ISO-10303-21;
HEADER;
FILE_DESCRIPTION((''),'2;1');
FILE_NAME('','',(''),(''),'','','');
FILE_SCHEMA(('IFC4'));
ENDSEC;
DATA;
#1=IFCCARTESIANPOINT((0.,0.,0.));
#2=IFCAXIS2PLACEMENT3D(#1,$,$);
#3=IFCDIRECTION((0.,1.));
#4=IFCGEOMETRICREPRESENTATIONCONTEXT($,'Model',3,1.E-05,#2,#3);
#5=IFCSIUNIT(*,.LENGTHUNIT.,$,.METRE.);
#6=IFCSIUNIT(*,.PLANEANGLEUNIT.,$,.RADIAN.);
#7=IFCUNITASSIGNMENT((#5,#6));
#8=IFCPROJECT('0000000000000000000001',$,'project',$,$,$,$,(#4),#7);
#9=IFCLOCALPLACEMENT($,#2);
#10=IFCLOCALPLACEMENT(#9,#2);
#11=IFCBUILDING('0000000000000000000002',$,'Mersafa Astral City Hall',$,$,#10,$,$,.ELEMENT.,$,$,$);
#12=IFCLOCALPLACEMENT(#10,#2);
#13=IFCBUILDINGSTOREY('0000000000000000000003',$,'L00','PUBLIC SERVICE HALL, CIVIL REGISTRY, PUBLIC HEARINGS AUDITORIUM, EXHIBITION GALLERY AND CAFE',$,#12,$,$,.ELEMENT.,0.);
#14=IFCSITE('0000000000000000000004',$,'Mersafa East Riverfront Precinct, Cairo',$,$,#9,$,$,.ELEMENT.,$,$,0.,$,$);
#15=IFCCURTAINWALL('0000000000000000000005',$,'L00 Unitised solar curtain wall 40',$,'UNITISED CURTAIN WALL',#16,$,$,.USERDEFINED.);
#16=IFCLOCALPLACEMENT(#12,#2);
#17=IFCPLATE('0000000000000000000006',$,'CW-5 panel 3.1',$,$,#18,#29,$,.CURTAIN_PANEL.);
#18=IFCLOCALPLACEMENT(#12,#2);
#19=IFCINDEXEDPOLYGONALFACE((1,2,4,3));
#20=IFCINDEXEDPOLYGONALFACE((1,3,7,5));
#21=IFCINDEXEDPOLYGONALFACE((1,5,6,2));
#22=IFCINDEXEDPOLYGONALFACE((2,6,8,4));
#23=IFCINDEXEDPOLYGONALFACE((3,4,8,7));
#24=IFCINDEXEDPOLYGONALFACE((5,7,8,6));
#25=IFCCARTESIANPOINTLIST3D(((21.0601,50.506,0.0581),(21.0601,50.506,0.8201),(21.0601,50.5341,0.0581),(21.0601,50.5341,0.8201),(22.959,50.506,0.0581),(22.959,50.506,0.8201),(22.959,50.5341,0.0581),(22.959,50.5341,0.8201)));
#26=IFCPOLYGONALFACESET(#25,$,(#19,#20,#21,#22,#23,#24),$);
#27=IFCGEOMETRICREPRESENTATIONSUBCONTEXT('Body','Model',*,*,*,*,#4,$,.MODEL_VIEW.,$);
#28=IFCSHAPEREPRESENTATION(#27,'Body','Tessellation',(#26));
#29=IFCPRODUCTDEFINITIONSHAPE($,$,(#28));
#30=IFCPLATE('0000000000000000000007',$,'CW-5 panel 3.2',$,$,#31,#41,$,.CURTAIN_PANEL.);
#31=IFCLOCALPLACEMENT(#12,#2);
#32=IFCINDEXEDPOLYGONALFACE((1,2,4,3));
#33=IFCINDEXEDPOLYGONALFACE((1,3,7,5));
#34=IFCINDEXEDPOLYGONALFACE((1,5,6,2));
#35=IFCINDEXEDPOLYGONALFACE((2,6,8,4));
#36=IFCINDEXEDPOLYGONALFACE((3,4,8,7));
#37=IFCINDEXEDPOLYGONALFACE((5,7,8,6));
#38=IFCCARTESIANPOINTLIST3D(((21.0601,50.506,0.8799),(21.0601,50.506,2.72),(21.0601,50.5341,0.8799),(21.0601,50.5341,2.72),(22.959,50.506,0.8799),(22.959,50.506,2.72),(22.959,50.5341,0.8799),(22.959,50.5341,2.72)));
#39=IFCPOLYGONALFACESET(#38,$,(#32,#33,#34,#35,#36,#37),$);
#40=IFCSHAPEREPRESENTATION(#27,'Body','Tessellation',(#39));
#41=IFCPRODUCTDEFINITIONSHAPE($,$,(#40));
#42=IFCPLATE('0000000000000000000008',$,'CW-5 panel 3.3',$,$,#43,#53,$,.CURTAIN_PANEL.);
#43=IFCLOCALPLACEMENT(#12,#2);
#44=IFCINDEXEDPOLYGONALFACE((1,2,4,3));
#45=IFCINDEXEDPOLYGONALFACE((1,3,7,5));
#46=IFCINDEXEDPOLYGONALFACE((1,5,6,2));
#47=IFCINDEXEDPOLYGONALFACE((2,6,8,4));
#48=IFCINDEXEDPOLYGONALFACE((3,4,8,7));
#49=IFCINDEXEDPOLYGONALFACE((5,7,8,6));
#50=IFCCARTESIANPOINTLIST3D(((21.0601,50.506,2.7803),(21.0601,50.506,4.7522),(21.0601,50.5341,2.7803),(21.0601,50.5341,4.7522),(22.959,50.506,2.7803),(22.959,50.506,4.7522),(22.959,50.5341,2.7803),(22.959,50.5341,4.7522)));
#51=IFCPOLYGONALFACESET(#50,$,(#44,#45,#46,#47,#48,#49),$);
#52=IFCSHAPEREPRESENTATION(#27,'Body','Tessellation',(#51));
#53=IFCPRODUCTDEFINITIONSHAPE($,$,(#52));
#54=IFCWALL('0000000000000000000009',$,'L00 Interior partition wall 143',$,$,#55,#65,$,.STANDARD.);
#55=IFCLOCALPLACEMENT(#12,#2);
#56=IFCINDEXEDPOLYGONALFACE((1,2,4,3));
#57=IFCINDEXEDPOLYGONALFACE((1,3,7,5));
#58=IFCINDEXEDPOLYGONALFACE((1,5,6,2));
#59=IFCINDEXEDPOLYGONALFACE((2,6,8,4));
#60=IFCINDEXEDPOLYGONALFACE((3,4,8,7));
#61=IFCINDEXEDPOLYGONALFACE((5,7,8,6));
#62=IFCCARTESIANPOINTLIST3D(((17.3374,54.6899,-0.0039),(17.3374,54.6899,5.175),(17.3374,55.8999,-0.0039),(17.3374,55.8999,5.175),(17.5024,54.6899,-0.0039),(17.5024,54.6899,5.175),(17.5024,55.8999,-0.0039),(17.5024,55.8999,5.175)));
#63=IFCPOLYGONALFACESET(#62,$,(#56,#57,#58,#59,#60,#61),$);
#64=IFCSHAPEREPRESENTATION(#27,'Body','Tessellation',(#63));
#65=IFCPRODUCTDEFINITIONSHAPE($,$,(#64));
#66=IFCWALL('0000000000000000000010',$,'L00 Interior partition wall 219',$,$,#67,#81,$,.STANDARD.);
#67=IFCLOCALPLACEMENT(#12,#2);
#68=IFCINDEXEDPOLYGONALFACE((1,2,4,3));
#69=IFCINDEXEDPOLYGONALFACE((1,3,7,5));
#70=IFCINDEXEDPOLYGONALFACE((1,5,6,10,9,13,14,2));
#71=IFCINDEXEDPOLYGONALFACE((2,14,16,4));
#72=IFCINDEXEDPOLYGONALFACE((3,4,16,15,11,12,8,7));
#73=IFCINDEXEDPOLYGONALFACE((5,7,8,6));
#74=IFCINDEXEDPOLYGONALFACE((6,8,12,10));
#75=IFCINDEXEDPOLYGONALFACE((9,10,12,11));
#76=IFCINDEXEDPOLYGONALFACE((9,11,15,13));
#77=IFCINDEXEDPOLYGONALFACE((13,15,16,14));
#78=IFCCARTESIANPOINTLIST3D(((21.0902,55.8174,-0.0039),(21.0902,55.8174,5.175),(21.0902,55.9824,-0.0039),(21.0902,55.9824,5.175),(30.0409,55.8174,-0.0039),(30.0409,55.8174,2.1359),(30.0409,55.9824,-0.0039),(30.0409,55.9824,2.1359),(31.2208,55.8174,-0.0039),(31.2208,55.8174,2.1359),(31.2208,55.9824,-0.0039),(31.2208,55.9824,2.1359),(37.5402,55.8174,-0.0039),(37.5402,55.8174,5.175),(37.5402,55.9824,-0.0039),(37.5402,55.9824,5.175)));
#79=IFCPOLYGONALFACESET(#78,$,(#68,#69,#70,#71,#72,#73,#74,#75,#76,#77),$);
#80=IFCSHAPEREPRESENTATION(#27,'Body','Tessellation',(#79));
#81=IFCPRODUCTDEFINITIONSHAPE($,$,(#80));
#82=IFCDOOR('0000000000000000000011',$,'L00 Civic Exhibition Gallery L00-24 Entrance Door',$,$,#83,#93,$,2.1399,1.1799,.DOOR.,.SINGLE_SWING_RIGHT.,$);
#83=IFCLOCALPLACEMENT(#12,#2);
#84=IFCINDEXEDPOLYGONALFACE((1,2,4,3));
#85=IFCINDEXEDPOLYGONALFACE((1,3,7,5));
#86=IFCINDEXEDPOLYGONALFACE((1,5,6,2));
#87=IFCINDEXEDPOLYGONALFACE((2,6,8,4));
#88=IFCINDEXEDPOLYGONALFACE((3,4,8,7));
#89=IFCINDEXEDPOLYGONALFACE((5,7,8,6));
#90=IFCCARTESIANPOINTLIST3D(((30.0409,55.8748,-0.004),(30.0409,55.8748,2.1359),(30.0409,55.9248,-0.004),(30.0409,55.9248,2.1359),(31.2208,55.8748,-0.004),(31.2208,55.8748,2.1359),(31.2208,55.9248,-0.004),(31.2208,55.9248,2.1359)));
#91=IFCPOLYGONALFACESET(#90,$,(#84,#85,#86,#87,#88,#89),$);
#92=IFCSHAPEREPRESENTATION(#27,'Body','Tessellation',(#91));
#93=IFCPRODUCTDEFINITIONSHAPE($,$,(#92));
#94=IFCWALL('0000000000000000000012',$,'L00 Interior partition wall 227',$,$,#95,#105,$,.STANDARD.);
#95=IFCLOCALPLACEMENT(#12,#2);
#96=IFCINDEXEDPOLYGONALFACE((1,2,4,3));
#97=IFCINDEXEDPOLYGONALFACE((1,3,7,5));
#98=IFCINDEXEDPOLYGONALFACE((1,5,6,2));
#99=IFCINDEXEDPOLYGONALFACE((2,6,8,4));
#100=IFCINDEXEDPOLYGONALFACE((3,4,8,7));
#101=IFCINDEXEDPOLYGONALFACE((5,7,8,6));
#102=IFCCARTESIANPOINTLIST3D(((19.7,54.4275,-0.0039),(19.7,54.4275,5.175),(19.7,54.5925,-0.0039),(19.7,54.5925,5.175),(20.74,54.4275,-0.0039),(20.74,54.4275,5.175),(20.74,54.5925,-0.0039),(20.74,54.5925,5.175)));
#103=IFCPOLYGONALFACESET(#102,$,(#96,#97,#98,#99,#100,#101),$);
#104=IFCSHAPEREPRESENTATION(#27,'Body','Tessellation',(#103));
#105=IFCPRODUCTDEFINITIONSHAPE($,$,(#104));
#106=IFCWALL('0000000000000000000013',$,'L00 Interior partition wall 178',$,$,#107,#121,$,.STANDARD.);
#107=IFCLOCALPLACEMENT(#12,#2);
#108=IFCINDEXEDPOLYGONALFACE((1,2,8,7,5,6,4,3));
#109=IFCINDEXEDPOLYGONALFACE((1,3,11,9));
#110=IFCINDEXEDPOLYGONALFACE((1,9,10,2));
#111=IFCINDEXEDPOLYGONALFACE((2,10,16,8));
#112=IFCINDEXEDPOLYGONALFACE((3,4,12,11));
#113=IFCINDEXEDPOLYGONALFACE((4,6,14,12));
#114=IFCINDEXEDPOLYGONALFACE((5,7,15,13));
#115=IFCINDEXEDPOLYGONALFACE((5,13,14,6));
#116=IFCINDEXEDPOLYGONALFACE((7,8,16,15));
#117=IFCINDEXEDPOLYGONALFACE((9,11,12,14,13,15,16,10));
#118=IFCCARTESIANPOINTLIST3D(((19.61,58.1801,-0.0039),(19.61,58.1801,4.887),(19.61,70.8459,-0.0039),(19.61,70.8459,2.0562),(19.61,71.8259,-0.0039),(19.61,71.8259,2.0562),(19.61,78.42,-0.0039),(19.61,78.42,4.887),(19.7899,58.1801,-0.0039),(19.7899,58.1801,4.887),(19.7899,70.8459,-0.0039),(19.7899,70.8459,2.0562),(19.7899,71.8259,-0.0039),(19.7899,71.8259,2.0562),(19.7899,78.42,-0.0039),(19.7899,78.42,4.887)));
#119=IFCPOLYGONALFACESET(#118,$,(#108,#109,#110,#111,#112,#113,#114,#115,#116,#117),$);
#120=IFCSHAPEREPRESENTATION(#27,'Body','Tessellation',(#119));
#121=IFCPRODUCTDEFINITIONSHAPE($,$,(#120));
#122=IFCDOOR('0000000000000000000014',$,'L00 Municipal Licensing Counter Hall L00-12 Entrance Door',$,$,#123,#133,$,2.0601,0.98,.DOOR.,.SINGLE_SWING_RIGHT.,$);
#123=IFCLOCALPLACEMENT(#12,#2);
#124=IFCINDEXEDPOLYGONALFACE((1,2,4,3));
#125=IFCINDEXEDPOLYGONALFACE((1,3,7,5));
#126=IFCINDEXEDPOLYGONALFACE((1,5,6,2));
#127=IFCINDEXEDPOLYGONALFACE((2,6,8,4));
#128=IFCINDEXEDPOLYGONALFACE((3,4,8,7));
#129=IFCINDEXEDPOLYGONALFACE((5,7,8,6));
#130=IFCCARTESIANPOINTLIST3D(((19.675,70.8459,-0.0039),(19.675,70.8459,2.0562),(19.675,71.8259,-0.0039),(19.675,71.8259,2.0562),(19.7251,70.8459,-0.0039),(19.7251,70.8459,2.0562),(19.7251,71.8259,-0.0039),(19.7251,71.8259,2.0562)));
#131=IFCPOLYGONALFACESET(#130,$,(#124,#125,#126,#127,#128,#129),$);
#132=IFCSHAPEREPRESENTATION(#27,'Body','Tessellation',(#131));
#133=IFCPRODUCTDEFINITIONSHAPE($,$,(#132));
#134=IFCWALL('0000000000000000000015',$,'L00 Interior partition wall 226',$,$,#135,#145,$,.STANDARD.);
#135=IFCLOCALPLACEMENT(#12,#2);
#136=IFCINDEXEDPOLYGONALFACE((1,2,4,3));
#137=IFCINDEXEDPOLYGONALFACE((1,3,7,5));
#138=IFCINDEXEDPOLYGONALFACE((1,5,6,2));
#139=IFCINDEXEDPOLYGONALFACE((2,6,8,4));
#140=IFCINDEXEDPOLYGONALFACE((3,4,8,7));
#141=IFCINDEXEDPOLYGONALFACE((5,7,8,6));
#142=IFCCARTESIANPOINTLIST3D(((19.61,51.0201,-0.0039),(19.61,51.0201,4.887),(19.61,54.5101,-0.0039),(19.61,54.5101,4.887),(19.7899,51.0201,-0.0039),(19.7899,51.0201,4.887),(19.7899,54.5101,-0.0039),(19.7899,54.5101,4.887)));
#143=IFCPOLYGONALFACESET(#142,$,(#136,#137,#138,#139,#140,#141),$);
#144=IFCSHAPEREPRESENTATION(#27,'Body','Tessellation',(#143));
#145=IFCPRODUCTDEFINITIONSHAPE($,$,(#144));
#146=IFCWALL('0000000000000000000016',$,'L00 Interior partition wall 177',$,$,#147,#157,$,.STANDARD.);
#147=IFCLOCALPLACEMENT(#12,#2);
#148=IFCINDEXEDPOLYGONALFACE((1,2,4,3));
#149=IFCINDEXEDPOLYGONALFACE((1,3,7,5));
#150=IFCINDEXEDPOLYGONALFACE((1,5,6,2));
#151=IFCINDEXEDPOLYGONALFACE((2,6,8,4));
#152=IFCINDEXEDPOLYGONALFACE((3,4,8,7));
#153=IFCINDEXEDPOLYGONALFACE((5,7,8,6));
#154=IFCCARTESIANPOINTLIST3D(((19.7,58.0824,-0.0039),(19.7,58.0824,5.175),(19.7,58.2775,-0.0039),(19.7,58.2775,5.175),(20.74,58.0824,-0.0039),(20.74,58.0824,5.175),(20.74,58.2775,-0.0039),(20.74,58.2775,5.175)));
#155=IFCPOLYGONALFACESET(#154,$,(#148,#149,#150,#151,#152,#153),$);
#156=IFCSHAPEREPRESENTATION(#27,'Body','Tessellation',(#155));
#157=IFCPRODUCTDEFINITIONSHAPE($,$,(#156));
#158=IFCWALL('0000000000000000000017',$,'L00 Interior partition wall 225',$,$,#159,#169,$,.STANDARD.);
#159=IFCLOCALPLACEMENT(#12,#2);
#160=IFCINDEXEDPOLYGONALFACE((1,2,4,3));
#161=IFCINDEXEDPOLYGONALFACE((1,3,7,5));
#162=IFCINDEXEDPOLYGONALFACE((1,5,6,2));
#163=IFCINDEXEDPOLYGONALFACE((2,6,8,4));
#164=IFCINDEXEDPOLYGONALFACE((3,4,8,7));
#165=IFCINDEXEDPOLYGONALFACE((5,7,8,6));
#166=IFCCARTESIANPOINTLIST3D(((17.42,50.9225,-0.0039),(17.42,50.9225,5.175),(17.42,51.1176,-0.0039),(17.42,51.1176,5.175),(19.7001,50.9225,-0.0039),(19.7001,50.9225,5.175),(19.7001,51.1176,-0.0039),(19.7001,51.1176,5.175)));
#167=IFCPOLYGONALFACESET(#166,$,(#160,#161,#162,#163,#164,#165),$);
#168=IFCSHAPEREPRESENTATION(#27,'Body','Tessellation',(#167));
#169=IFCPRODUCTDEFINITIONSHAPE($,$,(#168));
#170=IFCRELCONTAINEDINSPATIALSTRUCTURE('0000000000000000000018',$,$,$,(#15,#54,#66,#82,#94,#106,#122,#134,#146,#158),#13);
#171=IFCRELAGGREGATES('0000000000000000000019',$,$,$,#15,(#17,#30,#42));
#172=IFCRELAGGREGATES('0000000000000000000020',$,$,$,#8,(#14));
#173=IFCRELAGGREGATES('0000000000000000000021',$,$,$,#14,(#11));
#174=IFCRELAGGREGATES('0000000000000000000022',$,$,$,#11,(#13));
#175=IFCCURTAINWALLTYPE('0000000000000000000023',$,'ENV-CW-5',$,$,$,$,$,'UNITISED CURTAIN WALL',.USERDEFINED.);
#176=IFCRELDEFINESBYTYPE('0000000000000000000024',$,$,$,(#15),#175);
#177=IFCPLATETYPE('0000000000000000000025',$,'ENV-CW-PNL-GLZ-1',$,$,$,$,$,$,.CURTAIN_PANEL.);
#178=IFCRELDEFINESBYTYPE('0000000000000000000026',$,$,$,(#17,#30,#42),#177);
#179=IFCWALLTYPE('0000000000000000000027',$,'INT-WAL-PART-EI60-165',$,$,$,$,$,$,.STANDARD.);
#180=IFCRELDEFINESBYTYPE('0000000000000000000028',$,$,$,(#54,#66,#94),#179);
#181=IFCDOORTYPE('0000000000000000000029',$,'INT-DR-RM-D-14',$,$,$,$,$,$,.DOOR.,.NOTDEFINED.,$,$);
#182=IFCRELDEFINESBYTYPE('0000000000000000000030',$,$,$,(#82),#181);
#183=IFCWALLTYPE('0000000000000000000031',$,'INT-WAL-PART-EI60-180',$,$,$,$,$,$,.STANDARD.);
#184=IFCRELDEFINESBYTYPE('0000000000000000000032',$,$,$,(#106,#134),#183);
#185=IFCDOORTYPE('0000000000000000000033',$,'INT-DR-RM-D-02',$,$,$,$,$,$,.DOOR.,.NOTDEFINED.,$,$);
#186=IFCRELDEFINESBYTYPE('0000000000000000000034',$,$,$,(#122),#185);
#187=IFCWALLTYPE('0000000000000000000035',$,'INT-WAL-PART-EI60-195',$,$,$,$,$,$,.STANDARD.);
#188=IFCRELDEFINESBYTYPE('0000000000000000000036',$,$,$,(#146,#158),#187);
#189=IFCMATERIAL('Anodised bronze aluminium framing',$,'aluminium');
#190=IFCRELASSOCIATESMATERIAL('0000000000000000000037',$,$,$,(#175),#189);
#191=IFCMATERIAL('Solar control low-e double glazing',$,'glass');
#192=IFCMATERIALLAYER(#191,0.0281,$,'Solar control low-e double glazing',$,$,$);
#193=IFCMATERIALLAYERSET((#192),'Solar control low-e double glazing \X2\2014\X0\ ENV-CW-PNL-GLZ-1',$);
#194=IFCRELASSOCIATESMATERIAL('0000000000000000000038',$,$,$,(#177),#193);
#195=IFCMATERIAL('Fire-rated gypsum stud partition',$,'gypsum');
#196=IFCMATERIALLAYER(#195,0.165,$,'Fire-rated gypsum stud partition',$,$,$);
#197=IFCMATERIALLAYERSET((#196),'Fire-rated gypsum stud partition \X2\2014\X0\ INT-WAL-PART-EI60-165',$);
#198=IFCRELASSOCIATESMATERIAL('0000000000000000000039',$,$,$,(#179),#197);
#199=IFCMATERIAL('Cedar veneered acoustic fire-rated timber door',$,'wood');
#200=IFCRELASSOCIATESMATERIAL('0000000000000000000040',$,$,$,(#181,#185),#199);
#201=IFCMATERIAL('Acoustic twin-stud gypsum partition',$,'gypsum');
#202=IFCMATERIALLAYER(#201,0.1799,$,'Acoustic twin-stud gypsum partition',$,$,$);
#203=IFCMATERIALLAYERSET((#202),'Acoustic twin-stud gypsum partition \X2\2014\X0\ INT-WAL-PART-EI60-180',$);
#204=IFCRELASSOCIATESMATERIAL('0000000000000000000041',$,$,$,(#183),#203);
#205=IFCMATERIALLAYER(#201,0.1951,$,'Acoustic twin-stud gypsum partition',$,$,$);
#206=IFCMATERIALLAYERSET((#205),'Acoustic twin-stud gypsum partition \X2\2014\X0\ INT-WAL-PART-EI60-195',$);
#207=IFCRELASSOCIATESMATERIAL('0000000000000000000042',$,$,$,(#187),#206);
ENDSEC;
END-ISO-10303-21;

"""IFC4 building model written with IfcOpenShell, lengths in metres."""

from ifc_helpers import new_model, si_unit, direction, frame, frame_2d, origin, origin_2d, place, context, subcontext, project, spatial, rectangle, extrude, material, layer, layer_set, type_object, element, fill, aggregate, save


model = new_model("IFC4")

# Units and contexts
model_context = context("Model", 3, precision=1e-05, world=origin(), true_north=direction((0.0, 1.0)))
body_context = subcontext(model_context, "Body", "Model", "MODEL_VIEW")
ifc_project = project(units=[si_unit("LENGTHUNIT", "METRE"), si_unit("PLANEANGLEUNIT", "RADIAN")], contexts=[model_context])

# Site, building, storey
site_placement = place(None, origin())
site = spatial("IfcSite", under=ifc_project, at=site_placement, Name="Mersafa East Riverfront Precinct, Cairo", CompositionType="ELEMENT", RefElevation=0.0)
building_placement = place(site_placement, origin())
building = spatial("IfcBuilding", under=site, at=building_placement, Name="Mersafa Astral City Hall", CompositionType="ELEMENT")
storey_placement = place(building_placement, origin())
storey = spatial("IfcBuildingStorey", under=building, at=storey_placement, Name="L00", Description="PUBLIC SERVICE HALL, CIVIL REGISTRY, PUBLIC HEARINGS AUDITORIUM, EXHIBITION GALLERY AND CAFE", CompositionType="ELEMENT", Elevation=0.0)

# Curtain wall
ifc_material_1 = material(Name="Anodised bronze aluminium framing", Category="aluminium")
curtain_wall_type = type_object("IfcCurtainWallType", Name="ENV-CW-5", ElementType="UNITISED CURTAIN WALL", PredefinedType="USERDEFINED", material=ifc_material_1)
curtain_wall_placement = place(storey_placement, origin())
curtain_wall = element("IfcCurtainWall", 1, at=curtain_wall_placement, inside=storey, type_object=curtain_wall_type, Name="L00 Unitised solar curtain wall 40", ObjectType="UNITISED CURTAIN WALL", PredefinedType="USERDEFINED")

# Plates
ifc_material_2 = material(Name="Solar control low-e double glazing", Category="glass")
ifc_layer_1 = layer(ifc_material_2, 0.0281, Name="Solar control low-e double glazing")
ifc_layer_set_1 = layer_set([ifc_layer_1], Name="Solar control low-e double glazing — ENV-CW-PNL-GLZ-1")
plate_type = type_object("IfcPlateType", Name="ENV-CW-PNL-GLZ-1", PredefinedType="CURTAIN_PANEL", material=ifc_layer_set_1)
plate_1_placement = place(storey_placement, frame((22.0095, 50.52, 0.0581), z_axis=(0.0, 0.0, 1.0), x_axis=(1.0, 0.0, 0.0)))
plate_1 = element("IfcPlate", 2, at=plate_1_placement, type_object=plate_type, Name="CW-5 panel 3.1", PredefinedType="CURTAIN_PANEL", context=body_context, shape_type="SweptSolid", body=[
    extrude(rectangle(XDim=1.8989, YDim=0.0281, at=origin_2d()), origin(), (0.0, 0.0, 1.0), 0.762),
])
plate_2_placement = place(storey_placement, frame((22.0095, 50.52, 0.8799), z_axis=(0.0, 0.0, 1.0), x_axis=(1.0, 0.0, 0.0)))
plate_2 = element("IfcPlate", 3, at=plate_2_placement, type_object=plate_type, Name="CW-5 panel 3.2", PredefinedType="CURTAIN_PANEL", context=body_context, shape_type="SweptSolid", body=[
    extrude(rectangle(XDim=1.8989, YDim=0.0281, at=origin_2d()), origin(), (0.0, 0.0, 1.0), 1.8401),
])
plate_3_placement = place(storey_placement, frame((22.0095, 50.52, 2.7803), z_axis=(0.0, 0.0, 1.0), x_axis=(1.0, 0.0, 0.0)))
plate_3 = element("IfcPlate", 4, at=plate_3_placement, type_object=plate_type, Name="CW-5 panel 3.3", PredefinedType="CURTAIN_PANEL", context=body_context, shape_type="SweptSolid", body=[
    extrude(rectangle(XDim=1.8989, YDim=0.0281, at=origin_2d()), origin(), (0.0, 0.0, 1.0), 1.9719),
])
aggregate(curtain_wall, [plate_1, plate_2, plate_3])

# Wall
ifc_material_3 = material(Name="Fire-rated gypsum stud partition", Category="gypsum")
ifc_layer_2 = layer(ifc_material_3, 0.165, Name="Fire-rated gypsum stud partition")
ifc_layer_set_2 = layer_set([ifc_layer_2], Name="Fire-rated gypsum stud partition — INT-WAL-PART-EI60-165")
wall_type_1 = type_object("IfcWallType", Name="INT-WAL-PART-EI60-165", PredefinedType="STANDARD", material=ifc_layer_set_2)
wall_1_placement = place(storey_placement, frame((17.4199, 55.8999, -0.0039), z_axis=(0.0, 0.0, 1.0), x_axis=(0.0, -1.0, 0.0)))
element("IfcWall", 5, at=wall_1_placement, inside=storey, type_object=wall_type_1, Name="L00 Interior partition wall 143", PredefinedType="STANDARD", context=body_context, shape_type="SweptSolid", body=[
    extrude(rectangle(XDim=1.21, YDim=0.165, at=frame_2d((0.605, 0.0))), origin(), (0.0, 0.0, 1.0), 5.179),
])

# Wall, opening, door
wall_2_placement = place(storey_placement, frame((21.0901, 55.8999, -0.0039), z_axis=(0.0, 0.0, 1.0), x_axis=(1.0, 0.0, 0.0)))
wall_2 = element("IfcWall", 6, at=wall_2_placement, inside=storey, type_object=wall_type_1, Name="L00 Interior partition wall 219", PredefinedType="STANDARD", context=body_context, shape_type="SweptSolid", body=[
    extrude(rectangle(XDim=16.45, YDim=0.165, at=frame_2d((8.2251, 0.0))), origin(), (0.0, 0.0, 1.0), 5.179),
])
opening_1_placement = place(wall_2_placement, frame((8.9509, 0.0, 0.0)))
opening_1 = element("IfcOpeningElement", 7, at=opening_1_placement, cuts=wall_2, PredefinedType="OPENING", context=body_context, shape_type="SweptSolid", body=[
    extrude(rectangle(XDim=1.1799, YDim=2.1399, at=frame_2d((0.5898, 1.0698))), frame((0.0, 0.0925, 0.0), z_axis=(0.0, -1.0, 0.0), x_axis=(1.0, 0.0, 0.0)), (0.0, 0.0, 1.0), 0.1851),
])
ifc_material_4 = material(Name="Cedar veneered acoustic fire-rated timber door", Category="wood")
door_type_1 = type_object("IfcDoorType", Name="INT-DR-RM-D-14", OperationType="NOTDEFINED", PredefinedType="DOOR", material=ifc_material_4)
door_1_placement = place(opening_1_placement, origin())
door_1 = element("IfcDoor", 8, at=door_1_placement, inside=storey, type_object=door_type_1, Name="L00 Civic Exhibition Gallery L00-24 Entrance Door", OperationType="SINGLE_SWING_RIGHT", OverallHeight=2.1399, OverallWidth=1.1799, PredefinedType="DOOR", context=body_context, shape_type="SweptSolid", body=[
    extrude(rectangle(XDim=1.1799, YDim=2.1399, at=frame_2d((0.5898, 1.0698))), frame((0.0, 0.0249, 0.0), z_axis=(0.0, -1.0, 0.0), x_axis=(1.0, 0.0, 0.0)), (0.0, 0.0, 1.0), 0.05),
])
fill(opening_1, door_1)

# Wall
wall_3_placement = place(storey_placement, frame((19.7, 54.51, -0.0039), z_axis=(0.0, 0.0, 1.0), x_axis=(1.0, 0.0, 0.0)))
element("IfcWall", 9, at=wall_3_placement, inside=storey, type_object=wall_type_1, Name="L00 Interior partition wall 227", PredefinedType="STANDARD", context=body_context, shape_type="SweptSolid", body=[
    extrude(rectangle(XDim=1.04, YDim=0.165, at=frame_2d((0.52, 0.0))), origin(), (0.0, 0.0, 1.0), 5.179),
])

# Wall, opening, door
ifc_material_5 = material(Name="Acoustic twin-stud gypsum partition", Category="gypsum")
ifc_layer_3 = layer(ifc_material_5, 0.1799, Name="Acoustic twin-stud gypsum partition")
ifc_layer_set_3 = layer_set([ifc_layer_3], Name="Acoustic twin-stud gypsum partition — INT-WAL-PART-EI60-180")
wall_type_2 = type_object("IfcWallType", Name="INT-WAL-PART-EI60-180", PredefinedType="STANDARD", material=ifc_layer_set_3)
wall_4_placement = place(storey_placement, frame((19.7, 58.1799, -0.0039), z_axis=(0.0, 0.0, 1.0), x_axis=(0.0, 1.0, 0.0)))
wall_4 = element("IfcWall", 10, at=wall_4_placement, inside=storey, type_object=wall_type_2, Name="L00 Interior partition wall 178", PredefinedType="STANDARD", context=body_context, shape_type="SweptSolid", body=[
    extrude(rectangle(XDim=20.24, YDim=0.1799, at=frame_2d((10.1201, 0.0))), origin(), (0.0, 0.0, 1.0), 4.8909),
])
opening_2_placement = place(wall_4_placement, frame((12.666, 0.0, 0.0)))
opening_2 = element("IfcOpeningElement", 11, at=opening_2_placement, cuts=wall_4, PredefinedType="OPENING", context=body_context, shape_type="SweptSolid", body=[
    extrude(rectangle(XDim=0.98, YDim=2.0601, at=frame_2d((0.49, 1.03))), frame((0.0, 0.0999, 0.0), z_axis=(0.0, -1.0, 0.0), x_axis=(1.0, 0.0, 0.0)), (0.0, 0.0, 1.0), 0.2),
])
door_type_2 = type_object("IfcDoorType", Name="INT-DR-RM-D-02", OperationType="NOTDEFINED", PredefinedType="DOOR", material=ifc_material_4)
door_2_placement = place(opening_2_placement, origin())
door_2 = element("IfcDoor", 12, at=door_2_placement, inside=storey, type_object=door_type_2, Name="L00 Municipal Licensing Counter Hall L00-12 Entrance Door", OperationType="SINGLE_SWING_RIGHT", OverallHeight=2.0601, OverallWidth=0.98, PredefinedType="DOOR", context=body_context, shape_type="SweptSolid", body=[
    extrude(rectangle(XDim=0.98, YDim=2.0601, at=frame_2d((0.49, 1.03))), frame((0.0, 0.0249, 0.0), z_axis=(0.0, -1.0, 0.0), x_axis=(1.0, 0.0, 0.0)), (0.0, 0.0, 1.0), 0.05),
])
fill(opening_2, door_2)

# Walls
wall_5_placement = place(storey_placement, frame((19.7, 51.02, -0.0039), z_axis=(0.0, 0.0, 1.0), x_axis=(0.0, 1.0, 0.0)))
element("IfcWall", 13, at=wall_5_placement, inside=storey, type_object=wall_type_2, Name="L00 Interior partition wall 226", PredefinedType="STANDARD", context=body_context, shape_type="SweptSolid", body=[
    extrude(rectangle(XDim=3.49, YDim=0.1799, at=frame_2d((1.7451, 0.0))), origin(), (0.0, 0.0, 1.0), 4.8909),
])
ifc_layer_4 = layer(ifc_material_5, 0.1951, Name="Acoustic twin-stud gypsum partition")
ifc_layer_set_4 = layer_set([ifc_layer_4], Name="Acoustic twin-stud gypsum partition — INT-WAL-PART-EI60-195")
wall_type_3 = type_object("IfcWallType", Name="INT-WAL-PART-EI60-195", PredefinedType="STANDARD", material=ifc_layer_set_4)
wall_6_placement = place(storey_placement, frame((20.74, 58.1799, -0.0039), z_axis=(0.0, 0.0, 1.0), x_axis=(-1.0, 0.0, 0.0)))
element("IfcWall", 14, at=wall_6_placement, inside=storey, type_object=wall_type_3, Name="L00 Interior partition wall 177", PredefinedType="STANDARD", context=body_context, shape_type="SweptSolid", body=[
    extrude(rectangle(XDim=1.04, YDim=0.1951, at=frame_2d((0.52, 0.0))), origin(), (0.0, 0.0, 1.0), 5.179),
])
wall_7_placement = place(storey_placement, frame((17.4199, 51.02, -0.0039), z_axis=(0.0, 0.0, 1.0), x_axis=(1.0, 0.0, 0.0)))
element("IfcWall", 15, at=wall_7_placement, inside=storey, type_object=wall_type_3, Name="L00 Interior partition wall 225", PredefinedType="STANDARD", context=body_context, shape_type="SweptSolid", body=[
    extrude(rectangle(XDim=2.28, YDim=0.1951, at=frame_2d((1.1401, 0.0))), origin(), (0.0, 0.0, 1.0), 5.179),
])

save(model, "model.ifc")
